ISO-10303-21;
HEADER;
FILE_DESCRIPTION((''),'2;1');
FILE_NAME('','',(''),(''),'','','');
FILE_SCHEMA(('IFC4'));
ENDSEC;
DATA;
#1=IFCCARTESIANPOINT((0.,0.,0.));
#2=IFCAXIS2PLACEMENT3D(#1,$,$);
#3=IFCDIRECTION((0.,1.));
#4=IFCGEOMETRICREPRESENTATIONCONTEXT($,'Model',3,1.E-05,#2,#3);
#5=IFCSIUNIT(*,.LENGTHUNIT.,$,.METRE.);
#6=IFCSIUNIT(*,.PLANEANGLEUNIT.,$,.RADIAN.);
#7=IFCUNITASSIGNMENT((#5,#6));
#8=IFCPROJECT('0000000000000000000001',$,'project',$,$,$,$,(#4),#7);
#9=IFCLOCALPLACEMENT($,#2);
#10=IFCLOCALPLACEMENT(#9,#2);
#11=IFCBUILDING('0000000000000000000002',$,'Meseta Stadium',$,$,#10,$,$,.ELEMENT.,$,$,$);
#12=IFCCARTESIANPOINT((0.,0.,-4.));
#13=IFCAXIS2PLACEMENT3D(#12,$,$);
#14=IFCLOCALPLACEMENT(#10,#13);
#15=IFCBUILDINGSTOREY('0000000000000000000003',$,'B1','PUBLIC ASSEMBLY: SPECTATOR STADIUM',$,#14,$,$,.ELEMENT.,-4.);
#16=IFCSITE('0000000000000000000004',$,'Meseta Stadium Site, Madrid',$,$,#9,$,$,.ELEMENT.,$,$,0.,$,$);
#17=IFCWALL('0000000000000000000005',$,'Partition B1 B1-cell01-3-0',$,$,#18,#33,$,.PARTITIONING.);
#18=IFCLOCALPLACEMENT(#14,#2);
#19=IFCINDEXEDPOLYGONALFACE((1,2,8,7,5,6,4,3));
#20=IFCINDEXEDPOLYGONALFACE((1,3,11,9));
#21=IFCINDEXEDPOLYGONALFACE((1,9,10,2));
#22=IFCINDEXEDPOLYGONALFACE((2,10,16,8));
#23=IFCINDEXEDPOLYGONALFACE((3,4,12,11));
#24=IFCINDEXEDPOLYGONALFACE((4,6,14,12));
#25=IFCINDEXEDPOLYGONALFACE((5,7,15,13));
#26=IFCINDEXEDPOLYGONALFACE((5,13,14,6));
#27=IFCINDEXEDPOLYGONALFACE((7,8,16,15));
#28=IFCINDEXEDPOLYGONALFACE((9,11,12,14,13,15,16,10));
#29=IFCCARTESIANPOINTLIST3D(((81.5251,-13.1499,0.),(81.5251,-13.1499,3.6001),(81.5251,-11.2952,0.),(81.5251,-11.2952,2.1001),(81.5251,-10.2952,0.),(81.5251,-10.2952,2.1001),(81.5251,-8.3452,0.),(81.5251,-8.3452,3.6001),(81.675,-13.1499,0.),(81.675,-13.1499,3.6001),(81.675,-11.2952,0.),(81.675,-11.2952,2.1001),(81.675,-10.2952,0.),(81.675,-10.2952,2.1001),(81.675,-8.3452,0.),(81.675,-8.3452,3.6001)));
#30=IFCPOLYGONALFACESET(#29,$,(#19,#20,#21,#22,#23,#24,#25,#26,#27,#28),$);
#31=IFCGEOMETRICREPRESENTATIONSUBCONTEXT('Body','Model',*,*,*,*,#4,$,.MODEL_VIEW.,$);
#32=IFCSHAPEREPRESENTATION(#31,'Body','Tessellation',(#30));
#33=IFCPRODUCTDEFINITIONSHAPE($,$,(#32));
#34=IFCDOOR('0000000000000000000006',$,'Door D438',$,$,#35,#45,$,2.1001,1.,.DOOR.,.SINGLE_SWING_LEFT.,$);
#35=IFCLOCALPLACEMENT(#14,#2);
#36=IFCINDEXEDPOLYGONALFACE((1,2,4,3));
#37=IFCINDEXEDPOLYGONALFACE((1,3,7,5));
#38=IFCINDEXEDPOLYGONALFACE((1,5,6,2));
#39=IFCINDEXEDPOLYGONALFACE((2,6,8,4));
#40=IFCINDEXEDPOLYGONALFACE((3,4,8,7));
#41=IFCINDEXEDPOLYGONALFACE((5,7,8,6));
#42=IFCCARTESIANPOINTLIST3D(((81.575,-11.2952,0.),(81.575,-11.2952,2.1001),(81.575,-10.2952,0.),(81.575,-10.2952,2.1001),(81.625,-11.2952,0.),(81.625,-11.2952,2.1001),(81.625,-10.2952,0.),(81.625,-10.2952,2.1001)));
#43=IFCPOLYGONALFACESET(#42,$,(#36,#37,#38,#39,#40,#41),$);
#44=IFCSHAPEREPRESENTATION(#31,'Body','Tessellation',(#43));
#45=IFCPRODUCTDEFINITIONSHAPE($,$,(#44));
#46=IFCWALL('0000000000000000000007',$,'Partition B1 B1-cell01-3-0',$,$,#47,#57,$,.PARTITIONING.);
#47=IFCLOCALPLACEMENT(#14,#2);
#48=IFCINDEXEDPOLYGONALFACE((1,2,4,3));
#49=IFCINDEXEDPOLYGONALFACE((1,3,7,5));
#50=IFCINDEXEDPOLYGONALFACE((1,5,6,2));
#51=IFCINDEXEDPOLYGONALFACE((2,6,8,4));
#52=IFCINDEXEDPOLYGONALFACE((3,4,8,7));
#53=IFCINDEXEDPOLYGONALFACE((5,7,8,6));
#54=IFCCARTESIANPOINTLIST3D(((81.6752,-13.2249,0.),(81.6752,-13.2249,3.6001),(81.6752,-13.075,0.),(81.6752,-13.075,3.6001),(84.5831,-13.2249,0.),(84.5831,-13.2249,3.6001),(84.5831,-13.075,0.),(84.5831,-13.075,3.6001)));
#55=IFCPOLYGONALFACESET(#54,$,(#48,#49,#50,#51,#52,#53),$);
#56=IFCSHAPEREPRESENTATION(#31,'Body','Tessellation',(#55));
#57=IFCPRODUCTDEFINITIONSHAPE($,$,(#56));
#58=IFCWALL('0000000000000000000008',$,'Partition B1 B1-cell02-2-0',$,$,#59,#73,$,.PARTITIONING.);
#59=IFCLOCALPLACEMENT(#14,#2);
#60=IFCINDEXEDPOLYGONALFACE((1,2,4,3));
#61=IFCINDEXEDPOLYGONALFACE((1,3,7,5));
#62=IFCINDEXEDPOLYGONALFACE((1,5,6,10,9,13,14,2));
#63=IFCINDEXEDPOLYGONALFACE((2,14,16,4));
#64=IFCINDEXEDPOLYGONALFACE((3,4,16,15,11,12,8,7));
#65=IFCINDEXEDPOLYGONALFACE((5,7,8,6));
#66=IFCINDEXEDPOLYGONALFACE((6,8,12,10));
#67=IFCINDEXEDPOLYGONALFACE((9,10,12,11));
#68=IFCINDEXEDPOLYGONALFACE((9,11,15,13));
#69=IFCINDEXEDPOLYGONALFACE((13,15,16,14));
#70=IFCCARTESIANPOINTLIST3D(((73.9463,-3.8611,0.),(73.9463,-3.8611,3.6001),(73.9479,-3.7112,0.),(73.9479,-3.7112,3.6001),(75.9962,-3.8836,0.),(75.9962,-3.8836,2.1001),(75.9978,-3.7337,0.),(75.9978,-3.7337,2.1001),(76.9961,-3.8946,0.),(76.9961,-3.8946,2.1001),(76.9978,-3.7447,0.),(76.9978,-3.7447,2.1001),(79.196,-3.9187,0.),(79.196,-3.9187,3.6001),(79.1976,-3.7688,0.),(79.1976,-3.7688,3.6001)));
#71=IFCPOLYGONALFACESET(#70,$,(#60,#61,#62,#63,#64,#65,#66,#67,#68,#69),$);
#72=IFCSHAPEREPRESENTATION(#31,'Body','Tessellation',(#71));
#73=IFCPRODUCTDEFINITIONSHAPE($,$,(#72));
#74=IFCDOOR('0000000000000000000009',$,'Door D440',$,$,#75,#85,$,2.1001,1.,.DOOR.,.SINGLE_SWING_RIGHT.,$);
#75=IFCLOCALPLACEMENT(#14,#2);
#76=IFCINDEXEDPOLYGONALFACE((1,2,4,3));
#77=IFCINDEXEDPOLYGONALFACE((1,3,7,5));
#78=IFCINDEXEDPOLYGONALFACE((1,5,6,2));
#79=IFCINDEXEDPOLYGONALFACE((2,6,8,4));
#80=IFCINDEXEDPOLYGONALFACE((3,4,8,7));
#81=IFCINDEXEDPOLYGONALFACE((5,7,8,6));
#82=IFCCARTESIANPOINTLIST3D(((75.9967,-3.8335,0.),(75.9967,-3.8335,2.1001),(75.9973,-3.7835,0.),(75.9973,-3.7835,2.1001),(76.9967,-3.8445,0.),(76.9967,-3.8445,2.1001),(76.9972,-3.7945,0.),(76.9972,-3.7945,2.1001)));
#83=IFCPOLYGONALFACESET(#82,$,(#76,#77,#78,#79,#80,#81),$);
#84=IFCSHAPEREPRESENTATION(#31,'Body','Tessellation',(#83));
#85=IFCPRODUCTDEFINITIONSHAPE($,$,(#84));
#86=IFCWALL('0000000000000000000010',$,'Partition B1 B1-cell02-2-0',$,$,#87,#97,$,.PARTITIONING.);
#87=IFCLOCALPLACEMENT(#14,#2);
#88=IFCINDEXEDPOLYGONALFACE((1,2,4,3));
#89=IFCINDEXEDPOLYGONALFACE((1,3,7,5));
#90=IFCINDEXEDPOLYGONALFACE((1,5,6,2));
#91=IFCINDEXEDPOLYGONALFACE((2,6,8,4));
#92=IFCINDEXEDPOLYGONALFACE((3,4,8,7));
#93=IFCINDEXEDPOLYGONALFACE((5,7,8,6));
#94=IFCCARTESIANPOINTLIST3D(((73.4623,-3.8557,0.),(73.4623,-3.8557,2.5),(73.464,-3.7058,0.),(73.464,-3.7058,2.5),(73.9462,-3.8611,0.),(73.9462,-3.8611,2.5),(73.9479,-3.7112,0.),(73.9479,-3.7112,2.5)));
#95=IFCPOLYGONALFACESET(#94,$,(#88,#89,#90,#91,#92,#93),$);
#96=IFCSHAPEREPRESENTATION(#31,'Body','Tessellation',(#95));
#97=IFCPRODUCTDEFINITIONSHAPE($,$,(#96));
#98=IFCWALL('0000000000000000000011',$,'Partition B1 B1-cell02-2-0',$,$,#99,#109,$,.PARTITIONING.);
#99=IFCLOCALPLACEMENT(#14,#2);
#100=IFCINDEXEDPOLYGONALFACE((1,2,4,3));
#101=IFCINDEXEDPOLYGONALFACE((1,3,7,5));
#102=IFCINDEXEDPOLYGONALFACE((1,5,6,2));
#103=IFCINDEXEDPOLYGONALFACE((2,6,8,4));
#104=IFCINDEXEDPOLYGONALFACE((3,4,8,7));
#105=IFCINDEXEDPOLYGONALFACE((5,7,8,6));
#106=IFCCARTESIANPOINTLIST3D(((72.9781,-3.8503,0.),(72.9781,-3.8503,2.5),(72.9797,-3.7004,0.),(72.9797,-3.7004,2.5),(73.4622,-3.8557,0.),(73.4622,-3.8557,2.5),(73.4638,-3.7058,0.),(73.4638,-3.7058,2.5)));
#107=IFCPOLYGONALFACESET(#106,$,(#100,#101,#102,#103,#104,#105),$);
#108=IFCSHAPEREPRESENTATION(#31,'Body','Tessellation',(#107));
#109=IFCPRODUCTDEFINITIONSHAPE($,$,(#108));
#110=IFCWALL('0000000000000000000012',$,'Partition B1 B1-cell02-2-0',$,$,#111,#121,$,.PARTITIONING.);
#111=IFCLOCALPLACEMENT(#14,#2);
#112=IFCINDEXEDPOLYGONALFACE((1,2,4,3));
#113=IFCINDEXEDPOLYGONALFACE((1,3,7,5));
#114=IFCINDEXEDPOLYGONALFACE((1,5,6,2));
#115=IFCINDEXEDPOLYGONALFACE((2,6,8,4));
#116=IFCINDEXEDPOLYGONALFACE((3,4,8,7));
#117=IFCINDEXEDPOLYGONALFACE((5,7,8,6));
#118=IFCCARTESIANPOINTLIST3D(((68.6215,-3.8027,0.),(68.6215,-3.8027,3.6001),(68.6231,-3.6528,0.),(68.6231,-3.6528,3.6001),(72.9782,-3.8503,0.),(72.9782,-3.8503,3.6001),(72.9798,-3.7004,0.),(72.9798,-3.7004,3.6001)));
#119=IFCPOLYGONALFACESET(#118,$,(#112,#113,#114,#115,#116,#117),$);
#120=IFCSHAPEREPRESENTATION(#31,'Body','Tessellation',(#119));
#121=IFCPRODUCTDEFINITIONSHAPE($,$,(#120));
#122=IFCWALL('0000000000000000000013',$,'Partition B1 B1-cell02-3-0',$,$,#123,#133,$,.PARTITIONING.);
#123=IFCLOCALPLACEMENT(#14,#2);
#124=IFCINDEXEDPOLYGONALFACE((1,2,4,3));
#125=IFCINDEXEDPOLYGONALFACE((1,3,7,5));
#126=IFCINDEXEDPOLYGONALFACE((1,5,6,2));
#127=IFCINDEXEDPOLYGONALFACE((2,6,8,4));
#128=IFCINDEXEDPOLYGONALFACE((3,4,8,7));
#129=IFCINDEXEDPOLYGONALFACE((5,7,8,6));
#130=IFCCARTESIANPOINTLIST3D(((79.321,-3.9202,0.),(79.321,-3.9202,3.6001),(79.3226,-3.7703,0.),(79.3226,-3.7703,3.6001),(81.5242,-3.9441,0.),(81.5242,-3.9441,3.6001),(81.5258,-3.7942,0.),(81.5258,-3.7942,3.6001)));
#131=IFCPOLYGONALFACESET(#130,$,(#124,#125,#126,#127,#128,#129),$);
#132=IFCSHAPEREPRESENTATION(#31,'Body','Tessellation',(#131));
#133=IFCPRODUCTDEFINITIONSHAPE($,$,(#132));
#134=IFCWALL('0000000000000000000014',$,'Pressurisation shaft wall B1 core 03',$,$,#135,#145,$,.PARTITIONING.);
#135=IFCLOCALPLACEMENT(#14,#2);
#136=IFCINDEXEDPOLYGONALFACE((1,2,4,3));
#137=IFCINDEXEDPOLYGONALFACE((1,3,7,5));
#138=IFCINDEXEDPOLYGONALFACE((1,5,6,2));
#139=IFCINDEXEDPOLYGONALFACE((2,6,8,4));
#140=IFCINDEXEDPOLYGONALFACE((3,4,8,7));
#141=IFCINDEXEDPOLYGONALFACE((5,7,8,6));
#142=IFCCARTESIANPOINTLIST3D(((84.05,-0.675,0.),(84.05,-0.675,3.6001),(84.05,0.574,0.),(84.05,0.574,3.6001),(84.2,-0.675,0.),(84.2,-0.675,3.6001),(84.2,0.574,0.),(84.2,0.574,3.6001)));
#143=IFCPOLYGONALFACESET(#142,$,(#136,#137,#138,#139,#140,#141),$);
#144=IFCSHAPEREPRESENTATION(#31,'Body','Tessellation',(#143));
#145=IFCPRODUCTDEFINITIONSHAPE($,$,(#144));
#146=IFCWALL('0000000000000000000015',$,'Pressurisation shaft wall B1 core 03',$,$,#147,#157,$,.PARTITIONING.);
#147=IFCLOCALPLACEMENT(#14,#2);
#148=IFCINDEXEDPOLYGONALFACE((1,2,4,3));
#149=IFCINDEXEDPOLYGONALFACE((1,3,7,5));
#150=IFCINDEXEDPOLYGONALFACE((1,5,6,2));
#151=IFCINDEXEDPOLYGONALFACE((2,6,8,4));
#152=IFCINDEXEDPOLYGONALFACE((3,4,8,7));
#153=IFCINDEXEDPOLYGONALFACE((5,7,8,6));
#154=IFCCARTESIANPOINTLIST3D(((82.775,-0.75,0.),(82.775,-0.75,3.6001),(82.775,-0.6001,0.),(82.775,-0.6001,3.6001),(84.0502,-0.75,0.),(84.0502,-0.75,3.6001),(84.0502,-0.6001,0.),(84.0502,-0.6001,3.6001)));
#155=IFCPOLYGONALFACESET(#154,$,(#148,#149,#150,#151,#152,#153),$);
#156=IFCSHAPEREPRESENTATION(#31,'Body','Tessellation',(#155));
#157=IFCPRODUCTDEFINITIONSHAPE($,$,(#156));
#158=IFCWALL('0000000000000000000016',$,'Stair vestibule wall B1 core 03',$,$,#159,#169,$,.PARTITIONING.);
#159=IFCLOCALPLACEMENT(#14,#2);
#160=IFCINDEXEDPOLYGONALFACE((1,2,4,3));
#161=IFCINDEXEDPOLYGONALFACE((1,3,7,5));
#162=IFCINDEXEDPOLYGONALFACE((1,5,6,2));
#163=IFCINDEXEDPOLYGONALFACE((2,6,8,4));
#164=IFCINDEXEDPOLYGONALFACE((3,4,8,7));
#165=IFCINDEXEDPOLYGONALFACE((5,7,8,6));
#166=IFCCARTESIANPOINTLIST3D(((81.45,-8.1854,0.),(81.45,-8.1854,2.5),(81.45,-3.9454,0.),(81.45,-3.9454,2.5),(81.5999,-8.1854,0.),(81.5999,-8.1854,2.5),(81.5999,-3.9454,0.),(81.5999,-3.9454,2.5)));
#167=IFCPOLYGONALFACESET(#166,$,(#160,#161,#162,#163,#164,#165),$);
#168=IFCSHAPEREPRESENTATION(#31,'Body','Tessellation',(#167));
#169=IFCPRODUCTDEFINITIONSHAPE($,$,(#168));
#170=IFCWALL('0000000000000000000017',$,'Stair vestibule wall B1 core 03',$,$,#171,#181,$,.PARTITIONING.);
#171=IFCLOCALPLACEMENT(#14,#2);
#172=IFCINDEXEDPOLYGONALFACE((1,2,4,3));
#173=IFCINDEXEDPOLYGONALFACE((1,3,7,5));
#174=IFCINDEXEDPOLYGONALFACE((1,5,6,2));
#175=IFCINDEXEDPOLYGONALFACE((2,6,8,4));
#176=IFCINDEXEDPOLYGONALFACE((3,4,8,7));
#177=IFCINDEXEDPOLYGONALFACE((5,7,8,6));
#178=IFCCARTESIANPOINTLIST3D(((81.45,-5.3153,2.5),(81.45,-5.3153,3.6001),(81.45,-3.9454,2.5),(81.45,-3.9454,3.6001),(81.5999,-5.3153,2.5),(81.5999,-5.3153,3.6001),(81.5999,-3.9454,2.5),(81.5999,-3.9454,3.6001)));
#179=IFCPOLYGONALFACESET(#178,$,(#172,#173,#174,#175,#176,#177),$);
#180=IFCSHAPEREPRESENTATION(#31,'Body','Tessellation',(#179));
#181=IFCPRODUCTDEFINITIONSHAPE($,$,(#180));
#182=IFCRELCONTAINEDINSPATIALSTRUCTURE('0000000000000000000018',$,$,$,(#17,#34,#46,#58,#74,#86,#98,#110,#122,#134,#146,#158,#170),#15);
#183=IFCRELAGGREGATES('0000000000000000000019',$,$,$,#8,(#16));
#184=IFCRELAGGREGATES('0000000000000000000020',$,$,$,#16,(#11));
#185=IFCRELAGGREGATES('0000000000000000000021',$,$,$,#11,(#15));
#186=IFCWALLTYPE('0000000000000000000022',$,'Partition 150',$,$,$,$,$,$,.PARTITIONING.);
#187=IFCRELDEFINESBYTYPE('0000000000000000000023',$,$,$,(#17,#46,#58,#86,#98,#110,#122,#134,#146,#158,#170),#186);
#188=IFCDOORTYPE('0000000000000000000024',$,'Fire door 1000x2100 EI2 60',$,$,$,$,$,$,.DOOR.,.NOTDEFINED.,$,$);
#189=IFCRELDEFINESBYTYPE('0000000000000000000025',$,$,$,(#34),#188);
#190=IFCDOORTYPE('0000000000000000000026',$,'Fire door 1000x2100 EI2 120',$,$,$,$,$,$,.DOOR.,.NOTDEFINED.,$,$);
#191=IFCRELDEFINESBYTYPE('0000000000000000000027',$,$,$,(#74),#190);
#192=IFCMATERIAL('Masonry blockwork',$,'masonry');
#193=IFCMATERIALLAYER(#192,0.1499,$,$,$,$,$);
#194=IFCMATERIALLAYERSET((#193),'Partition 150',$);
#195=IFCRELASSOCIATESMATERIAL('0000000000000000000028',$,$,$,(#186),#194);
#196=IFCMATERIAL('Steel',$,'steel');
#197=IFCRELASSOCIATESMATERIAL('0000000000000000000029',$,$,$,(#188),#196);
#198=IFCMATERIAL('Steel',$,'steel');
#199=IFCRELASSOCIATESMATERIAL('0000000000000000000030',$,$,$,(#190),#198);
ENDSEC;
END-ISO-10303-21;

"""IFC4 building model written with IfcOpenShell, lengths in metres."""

from ifc_helpers import new_model, si_unit, direction, frame, frame_2d, origin, place, context, subcontext, project, spatial, rectangle, extrude, material, layer, layer_set, type_object, element, fill, save


model = new_model("IFC4")

# Units and contexts
model_context = context("Model", 3, precision=1e-05, world=origin(), true_north=direction((0.0, 1.0)))
body_context = subcontext(model_context, "Body", "Model", "MODEL_VIEW")
ifc_project = project(units=[si_unit("LENGTHUNIT", "METRE"), si_unit("PLANEANGLEUNIT", "RADIAN")], contexts=[model_context])

# Site, building, storey
site_placement = place(None, origin())
site = spatial("IfcSite", under=ifc_project, at=site_placement, Name="Meseta Stadium Site, Madrid", CompositionType="ELEMENT", RefElevation=0.0)
building_placement = place(site_placement, origin())
building = spatial("IfcBuilding", under=site, at=building_placement, Name="Meseta Stadium", CompositionType="ELEMENT")
storey_placement = place(building_placement, frame((0.0, 0.0, -4.0)))
storey = spatial("IfcBuildingStorey", under=building, at=storey_placement, Name="B1", Description="PUBLIC ASSEMBLY: SPECTATOR STADIUM", CompositionType="ELEMENT", Elevation=-4.0)

# Shared definitions
ifc_material_1 = material(Name="Masonry blockwork", Category="masonry")
ifc_layer = layer(ifc_material_1, 0.1499)
ifc_layer_set = layer_set([ifc_layer], Name="Partition 150")
wall_type = type_object("IfcWallType", Name="Partition 150", PredefinedType="PARTITIONING", material=ifc_layer_set)

# Wall, opening, door
wall_1_placement = place(storey_placement, frame((81.6001, -8.3452, 0.0), z_axis=(0.0, 0.0, 1.0), x_axis=(0.0, -1.0, 0.0)))
wall_1 = element("IfcWall", 1, at=wall_1_placement, inside=storey, type_object=wall_type, Name="Partition B1 B1-cell01-3-0", PredefinedType="PARTITIONING", context=body_context, shape_type="SweptSolid", body=[
    extrude(rectangle(XDim=4.8047, YDim=0.1499, at=frame_2d((2.4023, 0.0))), origin(), (0.0, 0.0, 1.0), 3.6001),
])
opening_1_placement = place(wall_1_placement, frame((1.95, 0.0, 0.0)))
opening_1 = element("IfcOpeningElement", 2, at=opening_1_placement, cuts=wall_1, PredefinedType="OPENING", context=body_context, shape_type="SweptSolid", body=[
    extrude(rectangle(XDim=1.0, YDim=2.1001, at=frame_2d((0.5, 1.05))), frame((0.0, 0.085, 0.0), z_axis=(0.0, -1.0, 0.0), x_axis=(1.0, 0.0, 0.0)), (0.0, 0.0, 1.0), 0.1699),
])
ifc_material_2 = material(Name="Steel", Category="steel")
door_type_1 = type_object("IfcDoorType", Name="Fire door 1000x2100 EI2 60", OperationType="NOTDEFINED", PredefinedType="DOOR", material=ifc_material_2)
door_1_placement = place(opening_1_placement, origin())
door_1 = element("IfcDoor", 3, at=door_1_placement, inside=storey, type_object=door_type_1, Name="Door D438", OperationType="SINGLE_SWING_LEFT", OverallHeight=2.1001, OverallWidth=1.0, PredefinedType="DOOR", context=body_context, shape_type="SweptSolid", body=[
    extrude(rectangle(XDim=1.0, YDim=2.1001, at=frame_2d((0.5, 1.05))), frame((0.0, 0.0249, 0.0), z_axis=(0.0, -1.0, 0.0), x_axis=(1.0, 0.0, 0.0)), (0.0, 0.0, 1.0), 0.05),
])
fill(opening_1, door_1)

# Wall
wall_2_placement = place(storey_placement, frame((81.675, -13.1499, 0.0), z_axis=(0.0, 0.0, 1.0), x_axis=(1.0, 0.0, 0.0)))
element("IfcWall", 4, at=wall_2_placement, inside=storey, type_object=wall_type, Name="Partition B1 B1-cell01-3-0", PredefinedType="PARTITIONING", context=body_context, shape_type="SweptSolid", body=[
    extrude(rectangle(XDim=2.908, YDim=0.1499, at=frame_2d((1.4541, 0.0))), origin(), (0.0, 0.0, 1.0), 3.6001),
])

# Wall, opening, door
wall_3_placement = place(storey_placement, frame((79.1968, -3.8438, 0.0), z_axis=(0.0, 0.0, 1.0), x_axis=(-0.99994, 0.010975, 0.0)))
wall_3 = element("IfcWall", 5, at=wall_3_placement, inside=storey, type_object=wall_type, Name="Partition B1 B1-cell02-2-0", PredefinedType="PARTITIONING", context=body_context, shape_type="SweptSolid", body=[
    extrude(rectangle(XDim=5.25, YDim=0.1499, at=frame_2d((2.625, 0.0))), origin(), (0.0, 0.0, 1.0), 3.6001),
])
opening_2_placement = place(wall_3_placement, frame((2.2, 0.0, 0.0)))
opening_2 = element("IfcOpeningElement", 6, at=opening_2_placement, cuts=wall_3, PredefinedType="OPENING", context=body_context, shape_type="SweptSolid", body=[
    extrude(rectangle(XDim=1.0, YDim=2.1001, at=frame_2d((0.5, 1.05))), frame((0.0, 0.085, 0.0), z_axis=(0.0, -1.0, 0.0), x_axis=(1.0, 0.0, 0.0)), (0.0, 0.0, 1.0), 0.1699),
])
ifc_material_3 = material(Name="Steel", Category="steel")
door_type_2 = type_object("IfcDoorType", Name="Fire door 1000x2100 EI2 120", OperationType="NOTDEFINED", PredefinedType="DOOR", material=ifc_material_3)
door_2_placement = place(opening_2_placement, origin())
door_2 = element("IfcDoor", 7, at=door_2_placement, inside=storey, type_object=door_type_2, Name="Door D440", OperationType="SINGLE_SWING_RIGHT", OverallHeight=2.1001, OverallWidth=1.0, PredefinedType="DOOR", context=body_context, shape_type="SweptSolid", body=[
    extrude(rectangle(XDim=1.0, YDim=2.1001, at=frame_2d((0.5, 1.05))), frame((0.0, 0.0249, 0.0), z_axis=(0.0, -1.0, 0.0), x_axis=(1.0, 0.0, 0.0)), (0.0, 0.0, 1.0), 0.05),
])
fill(opening_2, door_2)

# Walls
wall_4_placement = place(storey_placement, frame((73.947, -3.7861, 0.0), z_axis=(0.0, 0.0, 1.0), x_axis=(-0.999938, 0.011099, 0.0)))
element("IfcWall", 8, at=wall_4_placement, inside=storey, type_object=wall_type, Name="Partition B1 B1-cell02-2-0", PredefinedType="PARTITIONING", context=body_context, shape_type="SweptSolid", body=[
    extrude(rectangle(XDim=0.4839, YDim=0.1499, at=frame_2d((0.2419, 0.0))), origin(), (0.0, 0.0, 1.0), 2.5),
])
wall_5_placement = place(storey_placement, frame((73.4631, -3.7808, 0.0), z_axis=(0.0, 0.0, 1.0), x_axis=(-0.999938, 0.011094, 0.0)))
element("IfcWall", 9, at=wall_5_placement, inside=storey, type_object=wall_type, Name="Partition B1 B1-cell02-2-0", PredefinedType="PARTITIONING", context=body_context, shape_type="SweptSolid", body=[
    extrude(rectangle(XDim=0.4841, YDim=0.1499, at=frame_2d((0.2422, 0.0))), origin(), (0.0, 0.0, 1.0), 2.5),
])
wall_6_placement = place(storey_placement, frame((72.979, -3.7754, 0.0), z_axis=(0.0, 0.0, 1.0), x_axis=(-0.99994, 0.010927, 0.0)))
element("IfcWall", 10, at=wall_6_placement, inside=storey, type_object=wall_type, Name="Partition B1 B1-cell02-2-0", PredefinedType="PARTITIONING", context=body_context, shape_type="SweptSolid", body=[
    extrude(rectangle(XDim=4.3569, YDim=0.1499, at=frame_2d((2.1785, 0.0))), origin(), (0.0, 0.0, 1.0), 3.6001),
])
wall_7_placement = place(storey_placement, frame((81.5249, -3.8691, 0.0), z_axis=(0.0, 0.0, 1.0), x_axis=(-0.999941, 0.010859, 0.0)))
element("IfcWall", 11, at=wall_7_placement, inside=storey, type_object=wall_type, Name="Partition B1 B1-cell02-3-0", PredefinedType="PARTITIONING", context=body_context, shape_type="SweptSolid", body=[
    extrude(rectangle(XDim=2.2034, YDim=0.1499, at=frame_2d((1.1016, 0.0))), origin(), (0.0, 0.0, 1.0), 3.6001),
])
wall_8_placement = place(storey_placement, frame((84.125, -0.675, 0.0), z_axis=(0.0, 0.0, 1.0), x_axis=(0.0, 1.0, 0.0)))
element("IfcWall", 12, at=wall_8_placement, inside=storey, type_object=wall_type, Name="Pressurisation shaft wall B1 core 03", PredefinedType="PARTITIONING", context=body_context, shape_type="SweptSolid", body=[
    extrude(rectangle(XDim=1.249, YDim=0.1499, at=frame_2d((0.6245, 0.0))), origin(), (0.0, 0.0, 1.0), 3.6001),
])
wall_9_placement = place(storey_placement, frame((82.7749, -0.675, 0.0), z_axis=(0.0, 0.0, 1.0), x_axis=(1.0, 0.0, 0.0)))
element("IfcWall", 13, at=wall_9_placement, inside=storey, type_object=wall_type, Name="Pressurisation shaft wall B1 core 03", PredefinedType="PARTITIONING", context=body_context, shape_type="SweptSolid", body=[
    extrude(rectangle(XDim=1.2751, YDim=0.1499, at=frame_2d((0.6377, 0.0))), origin(), (0.0, 0.0, 1.0), 3.6001),
])
wall_10_placement = place(storey_placement, frame((81.5249, -3.9453, 0.0), z_axis=(0.0, 0.0, 1.0), x_axis=(0.0, -1.0, 0.0)))
element("IfcWall", 14, at=wall_10_placement, inside=storey, type_object=wall_type, Name="Stair vestibule wall B1 core 03", PredefinedType="PARTITIONING", context=body_context, shape_type="SweptSolid", body=[
    extrude(rectangle(XDim=4.24, YDim=0.1499, at=frame_2d((2.1201, 0.0))), origin(), (0.0, 0.0, 1.0), 2.5),
])
wall_11_placement = place(storey_placement, frame((81.5249, -3.9453, 2.5), z_axis=(0.0, 0.0, 1.0), x_axis=(0.0, -1.0, 0.0)))
element("IfcWall", 15, at=wall_11_placement, inside=storey, type_object=wall_type, Name="Stair vestibule wall B1 core 03", PredefinedType="PARTITIONING", context=body_context, shape_type="SweptSolid", body=[
    extrude(rectangle(XDim=1.3699, YDim=0.1499, at=frame_2d((0.6851, 0.0))), origin(), (0.0, 0.0, 1.0), 1.1001),
])

save(model, "model.ifc")
